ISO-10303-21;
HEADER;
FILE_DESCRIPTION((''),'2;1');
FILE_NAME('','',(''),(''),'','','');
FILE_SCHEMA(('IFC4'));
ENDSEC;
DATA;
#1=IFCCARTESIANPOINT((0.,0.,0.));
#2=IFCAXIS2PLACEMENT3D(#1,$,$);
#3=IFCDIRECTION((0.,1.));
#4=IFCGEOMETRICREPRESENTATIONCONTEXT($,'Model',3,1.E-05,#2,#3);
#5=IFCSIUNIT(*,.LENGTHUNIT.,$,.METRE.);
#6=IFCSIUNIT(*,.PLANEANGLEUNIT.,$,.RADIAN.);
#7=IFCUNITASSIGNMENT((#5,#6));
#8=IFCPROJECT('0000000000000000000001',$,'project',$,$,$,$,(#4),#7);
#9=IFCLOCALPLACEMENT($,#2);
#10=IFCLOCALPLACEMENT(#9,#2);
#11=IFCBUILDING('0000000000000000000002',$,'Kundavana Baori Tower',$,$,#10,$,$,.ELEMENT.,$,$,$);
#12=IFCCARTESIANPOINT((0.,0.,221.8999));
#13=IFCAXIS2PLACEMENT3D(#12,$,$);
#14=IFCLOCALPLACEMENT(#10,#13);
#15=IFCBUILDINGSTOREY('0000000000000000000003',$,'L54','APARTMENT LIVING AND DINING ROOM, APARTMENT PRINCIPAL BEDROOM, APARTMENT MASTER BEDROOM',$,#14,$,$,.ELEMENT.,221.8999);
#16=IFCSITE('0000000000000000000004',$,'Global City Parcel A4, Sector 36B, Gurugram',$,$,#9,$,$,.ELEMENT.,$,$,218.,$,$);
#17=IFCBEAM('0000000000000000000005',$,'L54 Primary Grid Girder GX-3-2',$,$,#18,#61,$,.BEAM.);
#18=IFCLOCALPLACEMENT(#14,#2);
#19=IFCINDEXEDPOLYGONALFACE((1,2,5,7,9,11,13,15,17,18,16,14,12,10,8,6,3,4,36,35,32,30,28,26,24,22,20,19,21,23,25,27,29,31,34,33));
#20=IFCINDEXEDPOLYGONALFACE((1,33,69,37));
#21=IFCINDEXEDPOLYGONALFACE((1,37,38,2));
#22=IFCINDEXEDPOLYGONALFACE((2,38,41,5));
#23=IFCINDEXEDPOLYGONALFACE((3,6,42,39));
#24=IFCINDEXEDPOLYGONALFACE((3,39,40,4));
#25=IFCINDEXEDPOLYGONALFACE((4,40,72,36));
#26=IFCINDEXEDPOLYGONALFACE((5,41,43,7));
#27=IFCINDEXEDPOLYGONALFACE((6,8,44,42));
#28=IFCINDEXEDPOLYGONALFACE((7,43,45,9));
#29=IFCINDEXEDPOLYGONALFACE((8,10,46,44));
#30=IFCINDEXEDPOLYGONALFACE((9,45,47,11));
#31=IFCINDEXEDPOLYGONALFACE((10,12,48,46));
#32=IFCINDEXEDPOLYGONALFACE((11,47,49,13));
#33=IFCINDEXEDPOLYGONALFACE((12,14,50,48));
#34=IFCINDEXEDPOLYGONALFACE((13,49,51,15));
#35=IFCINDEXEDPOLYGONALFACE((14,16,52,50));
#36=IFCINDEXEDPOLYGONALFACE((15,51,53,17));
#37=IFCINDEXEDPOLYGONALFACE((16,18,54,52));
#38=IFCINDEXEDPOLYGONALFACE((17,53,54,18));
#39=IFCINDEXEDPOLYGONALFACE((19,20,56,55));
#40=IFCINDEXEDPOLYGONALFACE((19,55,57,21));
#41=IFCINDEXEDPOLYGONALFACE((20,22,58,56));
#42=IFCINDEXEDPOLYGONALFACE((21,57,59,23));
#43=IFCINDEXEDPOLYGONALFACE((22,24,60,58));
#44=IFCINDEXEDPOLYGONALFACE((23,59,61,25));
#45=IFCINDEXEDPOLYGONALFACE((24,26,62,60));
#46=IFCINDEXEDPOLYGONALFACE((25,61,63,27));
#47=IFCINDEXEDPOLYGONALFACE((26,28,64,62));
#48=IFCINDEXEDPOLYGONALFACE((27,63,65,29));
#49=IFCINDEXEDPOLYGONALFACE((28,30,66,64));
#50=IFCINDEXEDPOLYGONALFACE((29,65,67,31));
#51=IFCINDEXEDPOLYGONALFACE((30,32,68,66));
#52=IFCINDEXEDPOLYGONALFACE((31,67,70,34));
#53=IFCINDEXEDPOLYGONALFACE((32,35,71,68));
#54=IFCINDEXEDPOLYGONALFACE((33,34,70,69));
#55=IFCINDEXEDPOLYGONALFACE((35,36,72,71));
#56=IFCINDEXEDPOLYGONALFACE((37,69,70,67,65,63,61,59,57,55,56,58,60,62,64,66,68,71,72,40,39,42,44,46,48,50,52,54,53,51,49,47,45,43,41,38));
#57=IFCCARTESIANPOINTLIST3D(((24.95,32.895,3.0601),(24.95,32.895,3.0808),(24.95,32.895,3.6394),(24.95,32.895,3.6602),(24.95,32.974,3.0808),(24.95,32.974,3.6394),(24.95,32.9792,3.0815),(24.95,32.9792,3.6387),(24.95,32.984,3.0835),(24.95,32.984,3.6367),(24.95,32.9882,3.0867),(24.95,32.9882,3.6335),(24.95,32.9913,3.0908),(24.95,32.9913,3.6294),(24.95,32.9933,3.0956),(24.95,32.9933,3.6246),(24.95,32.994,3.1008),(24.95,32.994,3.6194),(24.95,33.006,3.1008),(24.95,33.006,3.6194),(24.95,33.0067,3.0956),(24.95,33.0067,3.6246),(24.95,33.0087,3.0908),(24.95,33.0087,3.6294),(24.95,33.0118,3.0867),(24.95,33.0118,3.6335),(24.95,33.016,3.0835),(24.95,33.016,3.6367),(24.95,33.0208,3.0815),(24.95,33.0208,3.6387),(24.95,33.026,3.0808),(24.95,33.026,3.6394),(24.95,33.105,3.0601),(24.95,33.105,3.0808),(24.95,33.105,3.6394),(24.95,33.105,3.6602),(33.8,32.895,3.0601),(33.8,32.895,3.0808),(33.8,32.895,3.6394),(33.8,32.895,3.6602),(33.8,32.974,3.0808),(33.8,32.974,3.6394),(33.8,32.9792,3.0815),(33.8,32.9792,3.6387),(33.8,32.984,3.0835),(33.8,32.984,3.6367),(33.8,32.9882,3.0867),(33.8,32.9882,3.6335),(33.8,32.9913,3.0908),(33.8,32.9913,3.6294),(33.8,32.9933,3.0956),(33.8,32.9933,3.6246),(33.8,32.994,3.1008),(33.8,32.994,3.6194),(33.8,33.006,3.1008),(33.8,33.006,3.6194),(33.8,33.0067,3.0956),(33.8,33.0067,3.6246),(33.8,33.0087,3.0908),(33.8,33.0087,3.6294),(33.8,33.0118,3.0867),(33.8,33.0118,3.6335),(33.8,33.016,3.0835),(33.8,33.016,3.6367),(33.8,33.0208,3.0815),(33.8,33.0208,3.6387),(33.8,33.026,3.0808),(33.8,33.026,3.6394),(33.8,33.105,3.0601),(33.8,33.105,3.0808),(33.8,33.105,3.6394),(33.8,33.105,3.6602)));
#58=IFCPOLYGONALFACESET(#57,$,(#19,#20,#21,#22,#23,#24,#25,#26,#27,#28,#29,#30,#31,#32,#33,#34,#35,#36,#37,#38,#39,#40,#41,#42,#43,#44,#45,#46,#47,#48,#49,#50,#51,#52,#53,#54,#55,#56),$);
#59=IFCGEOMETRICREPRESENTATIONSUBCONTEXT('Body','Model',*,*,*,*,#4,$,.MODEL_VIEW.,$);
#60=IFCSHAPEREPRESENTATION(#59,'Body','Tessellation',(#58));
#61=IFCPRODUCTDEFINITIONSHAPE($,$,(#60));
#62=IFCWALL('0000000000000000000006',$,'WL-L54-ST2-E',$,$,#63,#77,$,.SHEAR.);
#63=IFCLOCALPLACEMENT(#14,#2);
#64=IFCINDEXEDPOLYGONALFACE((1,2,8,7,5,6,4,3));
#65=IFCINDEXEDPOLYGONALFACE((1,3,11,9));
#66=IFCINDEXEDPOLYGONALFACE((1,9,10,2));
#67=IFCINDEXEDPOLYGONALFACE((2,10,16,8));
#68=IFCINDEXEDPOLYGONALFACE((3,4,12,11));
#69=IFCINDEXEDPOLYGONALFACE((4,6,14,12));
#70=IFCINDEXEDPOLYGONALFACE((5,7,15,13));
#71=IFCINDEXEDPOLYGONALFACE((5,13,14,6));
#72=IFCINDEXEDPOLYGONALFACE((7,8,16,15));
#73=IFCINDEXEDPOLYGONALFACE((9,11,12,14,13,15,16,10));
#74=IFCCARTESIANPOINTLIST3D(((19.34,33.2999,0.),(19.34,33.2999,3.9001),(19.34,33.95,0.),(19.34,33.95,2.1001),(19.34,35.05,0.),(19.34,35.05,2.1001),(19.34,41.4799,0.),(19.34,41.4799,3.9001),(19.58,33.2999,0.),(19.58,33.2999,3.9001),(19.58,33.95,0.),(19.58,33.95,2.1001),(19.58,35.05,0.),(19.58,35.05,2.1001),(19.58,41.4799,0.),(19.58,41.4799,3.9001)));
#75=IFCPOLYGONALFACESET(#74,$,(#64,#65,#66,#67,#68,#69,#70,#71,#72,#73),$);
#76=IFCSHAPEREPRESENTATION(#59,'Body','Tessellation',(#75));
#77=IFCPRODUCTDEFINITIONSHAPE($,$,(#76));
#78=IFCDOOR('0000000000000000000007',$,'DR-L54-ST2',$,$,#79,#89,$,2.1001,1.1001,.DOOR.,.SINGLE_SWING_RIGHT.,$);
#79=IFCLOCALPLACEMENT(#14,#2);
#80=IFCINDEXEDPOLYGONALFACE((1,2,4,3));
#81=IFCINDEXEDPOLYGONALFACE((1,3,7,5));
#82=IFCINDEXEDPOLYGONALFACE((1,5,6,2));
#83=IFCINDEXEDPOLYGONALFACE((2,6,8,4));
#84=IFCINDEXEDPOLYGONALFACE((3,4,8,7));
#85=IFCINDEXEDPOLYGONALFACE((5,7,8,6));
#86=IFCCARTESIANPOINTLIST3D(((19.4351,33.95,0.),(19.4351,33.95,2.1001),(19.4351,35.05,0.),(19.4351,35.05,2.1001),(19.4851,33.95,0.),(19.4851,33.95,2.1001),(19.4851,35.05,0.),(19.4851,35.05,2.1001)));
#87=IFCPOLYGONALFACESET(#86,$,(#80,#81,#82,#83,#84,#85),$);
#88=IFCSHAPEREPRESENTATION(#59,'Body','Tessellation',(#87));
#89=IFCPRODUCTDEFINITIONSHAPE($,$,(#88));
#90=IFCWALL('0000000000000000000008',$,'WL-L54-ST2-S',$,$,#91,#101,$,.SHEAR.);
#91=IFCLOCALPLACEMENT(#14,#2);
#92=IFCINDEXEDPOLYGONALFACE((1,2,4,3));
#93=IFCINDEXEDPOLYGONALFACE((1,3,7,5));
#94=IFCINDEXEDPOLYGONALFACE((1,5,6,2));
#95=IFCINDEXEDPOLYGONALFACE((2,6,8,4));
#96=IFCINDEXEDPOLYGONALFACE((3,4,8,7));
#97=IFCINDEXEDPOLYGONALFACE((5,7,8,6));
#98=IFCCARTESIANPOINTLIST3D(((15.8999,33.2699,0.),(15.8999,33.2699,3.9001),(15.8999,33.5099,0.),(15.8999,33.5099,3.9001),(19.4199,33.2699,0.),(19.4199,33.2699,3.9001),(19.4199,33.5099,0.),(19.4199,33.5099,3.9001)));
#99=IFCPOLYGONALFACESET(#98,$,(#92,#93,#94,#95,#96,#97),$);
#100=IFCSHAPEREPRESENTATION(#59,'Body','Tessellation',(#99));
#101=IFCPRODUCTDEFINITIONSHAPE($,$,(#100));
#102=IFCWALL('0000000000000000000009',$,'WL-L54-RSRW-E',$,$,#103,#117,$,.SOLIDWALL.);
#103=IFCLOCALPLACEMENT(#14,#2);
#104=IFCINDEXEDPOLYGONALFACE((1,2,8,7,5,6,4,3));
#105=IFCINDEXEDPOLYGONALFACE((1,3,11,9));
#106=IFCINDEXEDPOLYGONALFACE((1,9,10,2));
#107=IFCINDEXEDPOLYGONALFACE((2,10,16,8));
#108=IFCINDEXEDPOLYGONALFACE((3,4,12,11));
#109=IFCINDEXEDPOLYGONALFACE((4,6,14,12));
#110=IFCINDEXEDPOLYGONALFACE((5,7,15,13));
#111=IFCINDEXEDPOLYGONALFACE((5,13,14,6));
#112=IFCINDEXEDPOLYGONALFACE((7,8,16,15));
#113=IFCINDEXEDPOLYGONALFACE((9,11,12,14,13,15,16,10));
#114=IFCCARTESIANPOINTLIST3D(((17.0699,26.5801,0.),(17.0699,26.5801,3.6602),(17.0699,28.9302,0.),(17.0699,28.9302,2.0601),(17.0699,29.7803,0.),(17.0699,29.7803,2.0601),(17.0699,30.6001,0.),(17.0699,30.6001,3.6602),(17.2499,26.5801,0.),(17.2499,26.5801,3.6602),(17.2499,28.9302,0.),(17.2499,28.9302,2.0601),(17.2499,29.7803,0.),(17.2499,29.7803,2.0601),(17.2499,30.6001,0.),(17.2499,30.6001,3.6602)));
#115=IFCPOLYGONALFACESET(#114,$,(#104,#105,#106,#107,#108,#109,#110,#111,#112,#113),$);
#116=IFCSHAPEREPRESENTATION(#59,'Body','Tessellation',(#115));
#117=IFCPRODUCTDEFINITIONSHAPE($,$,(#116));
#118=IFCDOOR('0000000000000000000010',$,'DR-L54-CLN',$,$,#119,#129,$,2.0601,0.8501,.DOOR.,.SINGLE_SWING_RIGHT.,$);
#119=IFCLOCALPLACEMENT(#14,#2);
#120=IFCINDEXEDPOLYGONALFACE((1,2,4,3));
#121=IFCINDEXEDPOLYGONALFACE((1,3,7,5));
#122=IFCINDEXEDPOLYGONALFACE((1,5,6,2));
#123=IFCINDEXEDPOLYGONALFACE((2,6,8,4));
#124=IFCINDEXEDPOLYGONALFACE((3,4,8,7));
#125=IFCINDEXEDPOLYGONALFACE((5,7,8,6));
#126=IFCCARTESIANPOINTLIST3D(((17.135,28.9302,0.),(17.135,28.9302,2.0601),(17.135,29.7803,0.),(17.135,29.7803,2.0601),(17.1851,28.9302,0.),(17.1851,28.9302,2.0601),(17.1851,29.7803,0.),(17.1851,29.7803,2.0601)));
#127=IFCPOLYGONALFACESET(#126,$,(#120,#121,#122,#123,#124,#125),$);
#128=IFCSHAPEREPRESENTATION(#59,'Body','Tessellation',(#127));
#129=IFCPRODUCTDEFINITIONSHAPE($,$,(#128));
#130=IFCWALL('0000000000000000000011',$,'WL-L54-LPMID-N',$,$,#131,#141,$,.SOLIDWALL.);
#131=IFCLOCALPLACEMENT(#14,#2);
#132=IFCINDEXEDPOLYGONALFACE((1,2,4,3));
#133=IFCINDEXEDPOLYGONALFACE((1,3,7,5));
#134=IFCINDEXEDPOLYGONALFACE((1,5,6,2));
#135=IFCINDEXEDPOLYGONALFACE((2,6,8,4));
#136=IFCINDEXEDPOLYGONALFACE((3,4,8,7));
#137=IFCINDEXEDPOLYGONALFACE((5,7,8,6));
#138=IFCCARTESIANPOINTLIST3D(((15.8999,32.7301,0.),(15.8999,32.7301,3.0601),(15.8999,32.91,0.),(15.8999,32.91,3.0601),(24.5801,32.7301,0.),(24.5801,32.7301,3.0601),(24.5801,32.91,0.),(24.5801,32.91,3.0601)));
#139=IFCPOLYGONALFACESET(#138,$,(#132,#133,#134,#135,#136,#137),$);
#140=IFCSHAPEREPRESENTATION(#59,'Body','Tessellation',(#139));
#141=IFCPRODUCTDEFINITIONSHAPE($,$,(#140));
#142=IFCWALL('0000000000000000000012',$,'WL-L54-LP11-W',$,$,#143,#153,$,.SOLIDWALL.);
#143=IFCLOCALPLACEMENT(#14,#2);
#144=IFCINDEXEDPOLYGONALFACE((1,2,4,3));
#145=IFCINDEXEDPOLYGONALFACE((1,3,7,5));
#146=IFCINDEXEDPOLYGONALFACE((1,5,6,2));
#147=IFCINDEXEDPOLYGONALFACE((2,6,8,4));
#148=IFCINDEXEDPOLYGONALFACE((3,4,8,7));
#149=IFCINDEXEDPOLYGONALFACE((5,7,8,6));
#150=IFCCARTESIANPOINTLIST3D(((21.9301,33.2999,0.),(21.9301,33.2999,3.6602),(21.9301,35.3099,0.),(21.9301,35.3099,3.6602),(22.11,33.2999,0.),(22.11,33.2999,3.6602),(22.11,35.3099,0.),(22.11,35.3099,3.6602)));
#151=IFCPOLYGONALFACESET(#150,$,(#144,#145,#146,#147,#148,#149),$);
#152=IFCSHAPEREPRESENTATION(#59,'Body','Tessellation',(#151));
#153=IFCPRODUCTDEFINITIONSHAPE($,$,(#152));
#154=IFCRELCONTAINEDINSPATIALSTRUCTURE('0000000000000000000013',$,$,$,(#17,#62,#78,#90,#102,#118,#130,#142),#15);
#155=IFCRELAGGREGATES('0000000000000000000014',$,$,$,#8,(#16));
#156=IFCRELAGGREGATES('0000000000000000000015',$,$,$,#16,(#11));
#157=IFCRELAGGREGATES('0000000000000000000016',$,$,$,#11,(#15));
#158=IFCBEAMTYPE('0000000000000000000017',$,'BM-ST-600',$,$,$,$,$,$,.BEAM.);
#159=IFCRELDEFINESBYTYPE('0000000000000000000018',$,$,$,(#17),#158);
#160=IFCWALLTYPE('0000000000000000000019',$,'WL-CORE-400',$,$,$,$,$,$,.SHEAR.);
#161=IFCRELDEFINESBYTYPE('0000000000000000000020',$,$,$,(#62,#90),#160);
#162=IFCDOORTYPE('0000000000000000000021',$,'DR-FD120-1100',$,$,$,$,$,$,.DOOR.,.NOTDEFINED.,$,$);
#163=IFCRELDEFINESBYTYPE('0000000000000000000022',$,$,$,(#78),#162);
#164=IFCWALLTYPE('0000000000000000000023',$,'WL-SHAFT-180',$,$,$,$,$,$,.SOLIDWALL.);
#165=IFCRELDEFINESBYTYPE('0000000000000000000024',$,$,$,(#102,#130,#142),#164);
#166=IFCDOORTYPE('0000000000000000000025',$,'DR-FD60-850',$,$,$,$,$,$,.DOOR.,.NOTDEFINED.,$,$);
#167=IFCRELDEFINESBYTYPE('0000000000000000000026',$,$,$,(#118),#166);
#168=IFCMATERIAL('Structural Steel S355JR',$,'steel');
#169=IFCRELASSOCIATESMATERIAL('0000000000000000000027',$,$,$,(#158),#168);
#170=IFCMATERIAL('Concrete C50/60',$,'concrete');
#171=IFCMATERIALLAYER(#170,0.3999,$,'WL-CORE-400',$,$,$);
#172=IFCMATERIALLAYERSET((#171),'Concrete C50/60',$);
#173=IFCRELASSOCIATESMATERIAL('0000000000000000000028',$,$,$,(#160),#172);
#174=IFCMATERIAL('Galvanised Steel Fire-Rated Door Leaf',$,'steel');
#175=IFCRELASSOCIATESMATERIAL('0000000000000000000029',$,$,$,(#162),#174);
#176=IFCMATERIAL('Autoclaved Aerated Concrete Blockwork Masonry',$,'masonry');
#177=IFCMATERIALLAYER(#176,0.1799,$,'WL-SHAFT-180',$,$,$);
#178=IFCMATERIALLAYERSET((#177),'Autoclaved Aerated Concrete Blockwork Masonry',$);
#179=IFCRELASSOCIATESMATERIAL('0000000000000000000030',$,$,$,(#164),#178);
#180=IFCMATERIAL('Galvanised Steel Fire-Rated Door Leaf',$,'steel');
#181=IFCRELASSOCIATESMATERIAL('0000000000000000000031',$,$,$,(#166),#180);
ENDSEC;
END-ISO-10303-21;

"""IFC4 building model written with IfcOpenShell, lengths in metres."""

from ifc_helpers import new_model, si_unit, direction, frame, frame_2d, origin, origin_2d, place, context, subcontext, project, spatial, rectangle, i_section, extrude, material, layer, layer_set, material_profile, profile_set, type_object, element, fill, save


model = new_model("IFC4")

# Units and contexts
model_context = context("Model", 3, precision=1e-05, world=origin(), true_north=direction((0.0, 1.0)))
body_context = subcontext(model_context, "Body", "Model", "MODEL_VIEW")
ifc_project = project(units=[si_unit("LENGTHUNIT", "METRE"), si_unit("PLANEANGLEUNIT", "RADIAN")], contexts=[model_context])

# Site, building, storey
site_placement = place(None, origin())
site = spatial("IfcSite", under=ifc_project, at=site_placement, Name="Global City Parcel A4, Sector 36B, Gurugram", CompositionType="ELEMENT", RefElevation=218.0)
building_placement = place(site_placement, origin())
building = spatial("IfcBuilding", under=site, at=building_placement, Name="Kundavana Baori Tower", CompositionType="ELEMENT")
storey_placement = place(building_placement, frame((0.0, 0.0, 221.8999)))
storey = spatial("IfcBuildingStorey", under=building, at=storey_placement, Name="L54", Description="APARTMENT LIVING AND DINING ROOM, APARTMENT PRINCIPAL BEDROOM, APARTMENT MASTER BEDROOM", CompositionType="ELEMENT", Elevation=221.8999)

# Beam
ifc_material_1 = material(Name="Structural Steel S355JR", Category="steel")
ifc_material_profile_1 = material_profile(ifc_material_1, i_section(OverallWidth=0.21, OverallDepth=0.6001, WebThickness=0.012, FlangeThickness=0.0208, FilletRadius=0.02, at=origin_2d()), Name="ISMB 600")
ifc_profile_set_1 = profile_set([ifc_material_profile_1], Name="Structural Steel S355JR")
beam_type_1 = type_object("IfcBeamType", Name="BM-ST-600", PredefinedType="BEAM", material=ifc_profile_set_1)
for number, where, z_axis, x_axis, name in (
    (1, (24.95, 33.0, 3.3601), (1.0, 0.0, 0.0), (0.0, 1.0, 0.0), "L54 Primary Grid Girder GX-3-2"),
):
    element("IfcBeam", number, at=place(storey_placement, frame(where, z_axis=z_axis, x_axis=x_axis)), inside=storey, type_object=beam_type_1, Name=name, PredefinedType="BEAM", context=body_context, shape_type="SweptSolid", body=[
        extrude(i_section(OverallWidth=0.21, OverallDepth=0.6001, WebThickness=0.012, FlangeThickness=0.0208, FilletRadius=0.02, at=origin_2d()), origin(), (0.0, 0.0, 1.0), 8.8501),
    ])

# Wall, opening, door
ifc_material_2 = material(Name="Concrete C50/60", Category="concrete")
ifc_layer_1 = layer(ifc_material_2, 0.3999, Name="WL-CORE-400")
ifc_layer_set_1 = layer_set([ifc_layer_1], Name="Concrete C50/60")
wall_type_1 = type_object("IfcWallType", Name="WL-CORE-400", PredefinedType="SHEAR", material=ifc_layer_set_1)
wall_1_placement = place(storey_placement, frame((19.46, 33.3, 0.0), z_axis=(0.0, 0.0, 1.0), x_axis=(0.0, 1.0, 0.0)))
wall_1 = element("IfcWall", 2, at=wall_1_placement, inside=storey, type_object=wall_type_1, Name="WL-L54-ST2-E", PredefinedType="SHEAR", context=body_context, shape_type="SweptSolid", body=[
    extrude(rectangle(XDim=8.1799, YDim=0.24, at=frame_2d((4.0898, 0.0))), origin(), (0.0, 0.0, 1.0), 3.9001),
])
opening_1_placement = place(wall_1_placement, frame((0.6499, 0.0, 0.0)))
opening_1 = element("IfcOpeningElement", 3, at=opening_1_placement, cuts=wall_1, PredefinedType="OPENING", context=body_context, shape_type="SweptSolid", body=[
    extrude(rectangle(XDim=1.1001, YDim=2.1001, at=frame_2d((0.55, 1.05))), frame((0.0, 0.1299, 0.0), z_axis=(0.0, -1.0, 0.0), x_axis=(1.0, 0.0, 0.0)), (0.0, 0.0, 1.0), 0.26),
])
ifc_material_3 = material(Name="Galvanised Steel Fire-Rated Door Leaf", Category="steel")
door_type_1 = type_object("IfcDoorType", Name="DR-FD120-1100", OperationType="NOTDEFINED", PredefinedType="DOOR", material=ifc_material_3)
door_1_placement = place(opening_1_placement, origin())
door_1 = element("IfcDoor", 4, at=door_1_placement, inside=storey, type_object=door_type_1, Name="DR-L54-ST2", OperationType="SINGLE_SWING_RIGHT", OverallHeight=2.1001, OverallWidth=1.1001, PredefinedType="DOOR", context=body_context, shape_type="SweptSolid", body=[
    extrude(rectangle(XDim=1.1001, YDim=2.1001, at=frame_2d((0.55, 1.05))), frame((0.0, 0.0249, 0.0), z_axis=(0.0, -1.0, 0.0), x_axis=(1.0, 0.0, 0.0)), (0.0, 0.0, 1.0), 0.05),
])
fill(opening_1, door_1)

# Wall
wall_2_placement = place(storey_placement, frame((15.8999, 33.3899, 0.0), z_axis=(0.0, 0.0, 1.0), x_axis=(1.0, 0.0, 0.0)))
element("IfcWall", 5, at=wall_2_placement, inside=storey, type_object=wall_type_1, Name="WL-L54-ST2-S", PredefinedType="SHEAR", context=body_context, shape_type="SweptSolid", body=[
    extrude(rectangle(XDim=3.52, YDim=0.24, at=frame_2d((1.76, 0.0))), origin(), (0.0, 0.0, 1.0), 3.9001),
])

# Wall, opening, door
ifc_material_4 = material(Name="Autoclaved Aerated Concrete Blockwork Masonry", Category="masonry")
ifc_layer_2 = layer(ifc_material_4, 0.1799, Name="WL-SHAFT-180")
ifc_layer_set_2 = layer_set([ifc_layer_2], Name="Autoclaved Aerated Concrete Blockwork Masonry")
wall_type_2 = type_object("IfcWallType", Name="WL-SHAFT-180", PredefinedType="SOLIDWALL", material=ifc_layer_set_2)
wall_3_placement = place(storey_placement, frame((17.1599, 26.5801, 0.0), z_axis=(0.0, 0.0, 1.0), x_axis=(0.0, 1.0, 0.0)))
wall_3 = element("IfcWall", 6, at=wall_3_placement, inside=storey, type_object=wall_type_2, Name="WL-L54-RSRW-E", PredefinedType="SOLIDWALL", context=body_context, shape_type="SweptSolid", body=[
    extrude(rectangle(XDim=4.02, YDim=0.1799, at=frame_2d((2.01, 0.0))), origin(), (0.0, 0.0, 1.0), 3.6602),
])
opening_2_placement = place(wall_3_placement, frame((2.3501, 0.0, 0.0)))
opening_2 = element("IfcOpeningElement", 7, at=opening_2_placement, cuts=wall_3, PredefinedType="OPENING", context=body_context, shape_type="SweptSolid", body=[
    extrude(rectangle(XDim=0.8501, YDim=2.0601, at=frame_2d((0.425, 1.03))), frame((0.0, 0.1001, 0.0), z_axis=(0.0, -1.0, 0.0), x_axis=(1.0, 0.0, 0.0)), (0.0, 0.0, 1.0), 0.2),
])
ifc_material_5 = material(Name="Galvanised Steel Fire-Rated Door Leaf", Category="steel")
door_type_2 = type_object("IfcDoorType", Name="DR-FD60-850", OperationType="NOTDEFINED", PredefinedType="DOOR", material=ifc_material_5)
door_2_placement = place(opening_2_placement, origin())
door_2 = element("IfcDoor", 8, at=door_2_placement, inside=storey, type_object=door_type_2, Name="DR-L54-CLN", OperationType="SINGLE_SWING_RIGHT", OverallHeight=2.0601, OverallWidth=0.8501, PredefinedType="DOOR", context=body_context, shape_type="SweptSolid", body=[
    extrude(rectangle(XDim=0.8501, YDim=2.0601, at=frame_2d((0.425, 1.03))), frame((0.0, 0.0249, 0.0), z_axis=(0.0, -1.0, 0.0), x_axis=(1.0, 0.0, 0.0)), (0.0, 0.0, 1.0), 0.05),
])
fill(opening_2, door_2)

# Walls
wall_4_placement = place(storey_placement, frame((15.8999, 32.8201, 0.0), z_axis=(0.0, 0.0, 1.0), x_axis=(1.0, 0.0, 0.0)))
element("IfcWall", 9, at=wall_4_placement, inside=storey, type_object=wall_type_2, Name="WL-L54-LPMID-N", PredefinedType="SOLIDWALL", context=body_context, shape_type="SweptSolid", body=[
    extrude(rectangle(XDim=8.6802, YDim=0.1799, at=frame_2d((4.3401, 0.0))), origin(), (0.0, 0.0, 1.0), 3.0601),
])
wall_5_placement = place(storey_placement, frame((22.02, 33.3, 0.0), z_axis=(0.0, 0.0, 1.0), x_axis=(0.0, 1.0, 0.0)))
element("IfcWall", 10, at=wall_5_placement, inside=storey, type_object=wall_type_2, Name="WL-L54-LP11-W", PredefinedType="SOLIDWALL", context=body_context, shape_type="SweptSolid", body=[
    extrude(rectangle(XDim=2.01, YDim=0.1799, at=frame_2d((1.0049, 0.0))), origin(), (0.0, 0.0, 1.0), 3.6602),
])

save(model, "model.ifc")
